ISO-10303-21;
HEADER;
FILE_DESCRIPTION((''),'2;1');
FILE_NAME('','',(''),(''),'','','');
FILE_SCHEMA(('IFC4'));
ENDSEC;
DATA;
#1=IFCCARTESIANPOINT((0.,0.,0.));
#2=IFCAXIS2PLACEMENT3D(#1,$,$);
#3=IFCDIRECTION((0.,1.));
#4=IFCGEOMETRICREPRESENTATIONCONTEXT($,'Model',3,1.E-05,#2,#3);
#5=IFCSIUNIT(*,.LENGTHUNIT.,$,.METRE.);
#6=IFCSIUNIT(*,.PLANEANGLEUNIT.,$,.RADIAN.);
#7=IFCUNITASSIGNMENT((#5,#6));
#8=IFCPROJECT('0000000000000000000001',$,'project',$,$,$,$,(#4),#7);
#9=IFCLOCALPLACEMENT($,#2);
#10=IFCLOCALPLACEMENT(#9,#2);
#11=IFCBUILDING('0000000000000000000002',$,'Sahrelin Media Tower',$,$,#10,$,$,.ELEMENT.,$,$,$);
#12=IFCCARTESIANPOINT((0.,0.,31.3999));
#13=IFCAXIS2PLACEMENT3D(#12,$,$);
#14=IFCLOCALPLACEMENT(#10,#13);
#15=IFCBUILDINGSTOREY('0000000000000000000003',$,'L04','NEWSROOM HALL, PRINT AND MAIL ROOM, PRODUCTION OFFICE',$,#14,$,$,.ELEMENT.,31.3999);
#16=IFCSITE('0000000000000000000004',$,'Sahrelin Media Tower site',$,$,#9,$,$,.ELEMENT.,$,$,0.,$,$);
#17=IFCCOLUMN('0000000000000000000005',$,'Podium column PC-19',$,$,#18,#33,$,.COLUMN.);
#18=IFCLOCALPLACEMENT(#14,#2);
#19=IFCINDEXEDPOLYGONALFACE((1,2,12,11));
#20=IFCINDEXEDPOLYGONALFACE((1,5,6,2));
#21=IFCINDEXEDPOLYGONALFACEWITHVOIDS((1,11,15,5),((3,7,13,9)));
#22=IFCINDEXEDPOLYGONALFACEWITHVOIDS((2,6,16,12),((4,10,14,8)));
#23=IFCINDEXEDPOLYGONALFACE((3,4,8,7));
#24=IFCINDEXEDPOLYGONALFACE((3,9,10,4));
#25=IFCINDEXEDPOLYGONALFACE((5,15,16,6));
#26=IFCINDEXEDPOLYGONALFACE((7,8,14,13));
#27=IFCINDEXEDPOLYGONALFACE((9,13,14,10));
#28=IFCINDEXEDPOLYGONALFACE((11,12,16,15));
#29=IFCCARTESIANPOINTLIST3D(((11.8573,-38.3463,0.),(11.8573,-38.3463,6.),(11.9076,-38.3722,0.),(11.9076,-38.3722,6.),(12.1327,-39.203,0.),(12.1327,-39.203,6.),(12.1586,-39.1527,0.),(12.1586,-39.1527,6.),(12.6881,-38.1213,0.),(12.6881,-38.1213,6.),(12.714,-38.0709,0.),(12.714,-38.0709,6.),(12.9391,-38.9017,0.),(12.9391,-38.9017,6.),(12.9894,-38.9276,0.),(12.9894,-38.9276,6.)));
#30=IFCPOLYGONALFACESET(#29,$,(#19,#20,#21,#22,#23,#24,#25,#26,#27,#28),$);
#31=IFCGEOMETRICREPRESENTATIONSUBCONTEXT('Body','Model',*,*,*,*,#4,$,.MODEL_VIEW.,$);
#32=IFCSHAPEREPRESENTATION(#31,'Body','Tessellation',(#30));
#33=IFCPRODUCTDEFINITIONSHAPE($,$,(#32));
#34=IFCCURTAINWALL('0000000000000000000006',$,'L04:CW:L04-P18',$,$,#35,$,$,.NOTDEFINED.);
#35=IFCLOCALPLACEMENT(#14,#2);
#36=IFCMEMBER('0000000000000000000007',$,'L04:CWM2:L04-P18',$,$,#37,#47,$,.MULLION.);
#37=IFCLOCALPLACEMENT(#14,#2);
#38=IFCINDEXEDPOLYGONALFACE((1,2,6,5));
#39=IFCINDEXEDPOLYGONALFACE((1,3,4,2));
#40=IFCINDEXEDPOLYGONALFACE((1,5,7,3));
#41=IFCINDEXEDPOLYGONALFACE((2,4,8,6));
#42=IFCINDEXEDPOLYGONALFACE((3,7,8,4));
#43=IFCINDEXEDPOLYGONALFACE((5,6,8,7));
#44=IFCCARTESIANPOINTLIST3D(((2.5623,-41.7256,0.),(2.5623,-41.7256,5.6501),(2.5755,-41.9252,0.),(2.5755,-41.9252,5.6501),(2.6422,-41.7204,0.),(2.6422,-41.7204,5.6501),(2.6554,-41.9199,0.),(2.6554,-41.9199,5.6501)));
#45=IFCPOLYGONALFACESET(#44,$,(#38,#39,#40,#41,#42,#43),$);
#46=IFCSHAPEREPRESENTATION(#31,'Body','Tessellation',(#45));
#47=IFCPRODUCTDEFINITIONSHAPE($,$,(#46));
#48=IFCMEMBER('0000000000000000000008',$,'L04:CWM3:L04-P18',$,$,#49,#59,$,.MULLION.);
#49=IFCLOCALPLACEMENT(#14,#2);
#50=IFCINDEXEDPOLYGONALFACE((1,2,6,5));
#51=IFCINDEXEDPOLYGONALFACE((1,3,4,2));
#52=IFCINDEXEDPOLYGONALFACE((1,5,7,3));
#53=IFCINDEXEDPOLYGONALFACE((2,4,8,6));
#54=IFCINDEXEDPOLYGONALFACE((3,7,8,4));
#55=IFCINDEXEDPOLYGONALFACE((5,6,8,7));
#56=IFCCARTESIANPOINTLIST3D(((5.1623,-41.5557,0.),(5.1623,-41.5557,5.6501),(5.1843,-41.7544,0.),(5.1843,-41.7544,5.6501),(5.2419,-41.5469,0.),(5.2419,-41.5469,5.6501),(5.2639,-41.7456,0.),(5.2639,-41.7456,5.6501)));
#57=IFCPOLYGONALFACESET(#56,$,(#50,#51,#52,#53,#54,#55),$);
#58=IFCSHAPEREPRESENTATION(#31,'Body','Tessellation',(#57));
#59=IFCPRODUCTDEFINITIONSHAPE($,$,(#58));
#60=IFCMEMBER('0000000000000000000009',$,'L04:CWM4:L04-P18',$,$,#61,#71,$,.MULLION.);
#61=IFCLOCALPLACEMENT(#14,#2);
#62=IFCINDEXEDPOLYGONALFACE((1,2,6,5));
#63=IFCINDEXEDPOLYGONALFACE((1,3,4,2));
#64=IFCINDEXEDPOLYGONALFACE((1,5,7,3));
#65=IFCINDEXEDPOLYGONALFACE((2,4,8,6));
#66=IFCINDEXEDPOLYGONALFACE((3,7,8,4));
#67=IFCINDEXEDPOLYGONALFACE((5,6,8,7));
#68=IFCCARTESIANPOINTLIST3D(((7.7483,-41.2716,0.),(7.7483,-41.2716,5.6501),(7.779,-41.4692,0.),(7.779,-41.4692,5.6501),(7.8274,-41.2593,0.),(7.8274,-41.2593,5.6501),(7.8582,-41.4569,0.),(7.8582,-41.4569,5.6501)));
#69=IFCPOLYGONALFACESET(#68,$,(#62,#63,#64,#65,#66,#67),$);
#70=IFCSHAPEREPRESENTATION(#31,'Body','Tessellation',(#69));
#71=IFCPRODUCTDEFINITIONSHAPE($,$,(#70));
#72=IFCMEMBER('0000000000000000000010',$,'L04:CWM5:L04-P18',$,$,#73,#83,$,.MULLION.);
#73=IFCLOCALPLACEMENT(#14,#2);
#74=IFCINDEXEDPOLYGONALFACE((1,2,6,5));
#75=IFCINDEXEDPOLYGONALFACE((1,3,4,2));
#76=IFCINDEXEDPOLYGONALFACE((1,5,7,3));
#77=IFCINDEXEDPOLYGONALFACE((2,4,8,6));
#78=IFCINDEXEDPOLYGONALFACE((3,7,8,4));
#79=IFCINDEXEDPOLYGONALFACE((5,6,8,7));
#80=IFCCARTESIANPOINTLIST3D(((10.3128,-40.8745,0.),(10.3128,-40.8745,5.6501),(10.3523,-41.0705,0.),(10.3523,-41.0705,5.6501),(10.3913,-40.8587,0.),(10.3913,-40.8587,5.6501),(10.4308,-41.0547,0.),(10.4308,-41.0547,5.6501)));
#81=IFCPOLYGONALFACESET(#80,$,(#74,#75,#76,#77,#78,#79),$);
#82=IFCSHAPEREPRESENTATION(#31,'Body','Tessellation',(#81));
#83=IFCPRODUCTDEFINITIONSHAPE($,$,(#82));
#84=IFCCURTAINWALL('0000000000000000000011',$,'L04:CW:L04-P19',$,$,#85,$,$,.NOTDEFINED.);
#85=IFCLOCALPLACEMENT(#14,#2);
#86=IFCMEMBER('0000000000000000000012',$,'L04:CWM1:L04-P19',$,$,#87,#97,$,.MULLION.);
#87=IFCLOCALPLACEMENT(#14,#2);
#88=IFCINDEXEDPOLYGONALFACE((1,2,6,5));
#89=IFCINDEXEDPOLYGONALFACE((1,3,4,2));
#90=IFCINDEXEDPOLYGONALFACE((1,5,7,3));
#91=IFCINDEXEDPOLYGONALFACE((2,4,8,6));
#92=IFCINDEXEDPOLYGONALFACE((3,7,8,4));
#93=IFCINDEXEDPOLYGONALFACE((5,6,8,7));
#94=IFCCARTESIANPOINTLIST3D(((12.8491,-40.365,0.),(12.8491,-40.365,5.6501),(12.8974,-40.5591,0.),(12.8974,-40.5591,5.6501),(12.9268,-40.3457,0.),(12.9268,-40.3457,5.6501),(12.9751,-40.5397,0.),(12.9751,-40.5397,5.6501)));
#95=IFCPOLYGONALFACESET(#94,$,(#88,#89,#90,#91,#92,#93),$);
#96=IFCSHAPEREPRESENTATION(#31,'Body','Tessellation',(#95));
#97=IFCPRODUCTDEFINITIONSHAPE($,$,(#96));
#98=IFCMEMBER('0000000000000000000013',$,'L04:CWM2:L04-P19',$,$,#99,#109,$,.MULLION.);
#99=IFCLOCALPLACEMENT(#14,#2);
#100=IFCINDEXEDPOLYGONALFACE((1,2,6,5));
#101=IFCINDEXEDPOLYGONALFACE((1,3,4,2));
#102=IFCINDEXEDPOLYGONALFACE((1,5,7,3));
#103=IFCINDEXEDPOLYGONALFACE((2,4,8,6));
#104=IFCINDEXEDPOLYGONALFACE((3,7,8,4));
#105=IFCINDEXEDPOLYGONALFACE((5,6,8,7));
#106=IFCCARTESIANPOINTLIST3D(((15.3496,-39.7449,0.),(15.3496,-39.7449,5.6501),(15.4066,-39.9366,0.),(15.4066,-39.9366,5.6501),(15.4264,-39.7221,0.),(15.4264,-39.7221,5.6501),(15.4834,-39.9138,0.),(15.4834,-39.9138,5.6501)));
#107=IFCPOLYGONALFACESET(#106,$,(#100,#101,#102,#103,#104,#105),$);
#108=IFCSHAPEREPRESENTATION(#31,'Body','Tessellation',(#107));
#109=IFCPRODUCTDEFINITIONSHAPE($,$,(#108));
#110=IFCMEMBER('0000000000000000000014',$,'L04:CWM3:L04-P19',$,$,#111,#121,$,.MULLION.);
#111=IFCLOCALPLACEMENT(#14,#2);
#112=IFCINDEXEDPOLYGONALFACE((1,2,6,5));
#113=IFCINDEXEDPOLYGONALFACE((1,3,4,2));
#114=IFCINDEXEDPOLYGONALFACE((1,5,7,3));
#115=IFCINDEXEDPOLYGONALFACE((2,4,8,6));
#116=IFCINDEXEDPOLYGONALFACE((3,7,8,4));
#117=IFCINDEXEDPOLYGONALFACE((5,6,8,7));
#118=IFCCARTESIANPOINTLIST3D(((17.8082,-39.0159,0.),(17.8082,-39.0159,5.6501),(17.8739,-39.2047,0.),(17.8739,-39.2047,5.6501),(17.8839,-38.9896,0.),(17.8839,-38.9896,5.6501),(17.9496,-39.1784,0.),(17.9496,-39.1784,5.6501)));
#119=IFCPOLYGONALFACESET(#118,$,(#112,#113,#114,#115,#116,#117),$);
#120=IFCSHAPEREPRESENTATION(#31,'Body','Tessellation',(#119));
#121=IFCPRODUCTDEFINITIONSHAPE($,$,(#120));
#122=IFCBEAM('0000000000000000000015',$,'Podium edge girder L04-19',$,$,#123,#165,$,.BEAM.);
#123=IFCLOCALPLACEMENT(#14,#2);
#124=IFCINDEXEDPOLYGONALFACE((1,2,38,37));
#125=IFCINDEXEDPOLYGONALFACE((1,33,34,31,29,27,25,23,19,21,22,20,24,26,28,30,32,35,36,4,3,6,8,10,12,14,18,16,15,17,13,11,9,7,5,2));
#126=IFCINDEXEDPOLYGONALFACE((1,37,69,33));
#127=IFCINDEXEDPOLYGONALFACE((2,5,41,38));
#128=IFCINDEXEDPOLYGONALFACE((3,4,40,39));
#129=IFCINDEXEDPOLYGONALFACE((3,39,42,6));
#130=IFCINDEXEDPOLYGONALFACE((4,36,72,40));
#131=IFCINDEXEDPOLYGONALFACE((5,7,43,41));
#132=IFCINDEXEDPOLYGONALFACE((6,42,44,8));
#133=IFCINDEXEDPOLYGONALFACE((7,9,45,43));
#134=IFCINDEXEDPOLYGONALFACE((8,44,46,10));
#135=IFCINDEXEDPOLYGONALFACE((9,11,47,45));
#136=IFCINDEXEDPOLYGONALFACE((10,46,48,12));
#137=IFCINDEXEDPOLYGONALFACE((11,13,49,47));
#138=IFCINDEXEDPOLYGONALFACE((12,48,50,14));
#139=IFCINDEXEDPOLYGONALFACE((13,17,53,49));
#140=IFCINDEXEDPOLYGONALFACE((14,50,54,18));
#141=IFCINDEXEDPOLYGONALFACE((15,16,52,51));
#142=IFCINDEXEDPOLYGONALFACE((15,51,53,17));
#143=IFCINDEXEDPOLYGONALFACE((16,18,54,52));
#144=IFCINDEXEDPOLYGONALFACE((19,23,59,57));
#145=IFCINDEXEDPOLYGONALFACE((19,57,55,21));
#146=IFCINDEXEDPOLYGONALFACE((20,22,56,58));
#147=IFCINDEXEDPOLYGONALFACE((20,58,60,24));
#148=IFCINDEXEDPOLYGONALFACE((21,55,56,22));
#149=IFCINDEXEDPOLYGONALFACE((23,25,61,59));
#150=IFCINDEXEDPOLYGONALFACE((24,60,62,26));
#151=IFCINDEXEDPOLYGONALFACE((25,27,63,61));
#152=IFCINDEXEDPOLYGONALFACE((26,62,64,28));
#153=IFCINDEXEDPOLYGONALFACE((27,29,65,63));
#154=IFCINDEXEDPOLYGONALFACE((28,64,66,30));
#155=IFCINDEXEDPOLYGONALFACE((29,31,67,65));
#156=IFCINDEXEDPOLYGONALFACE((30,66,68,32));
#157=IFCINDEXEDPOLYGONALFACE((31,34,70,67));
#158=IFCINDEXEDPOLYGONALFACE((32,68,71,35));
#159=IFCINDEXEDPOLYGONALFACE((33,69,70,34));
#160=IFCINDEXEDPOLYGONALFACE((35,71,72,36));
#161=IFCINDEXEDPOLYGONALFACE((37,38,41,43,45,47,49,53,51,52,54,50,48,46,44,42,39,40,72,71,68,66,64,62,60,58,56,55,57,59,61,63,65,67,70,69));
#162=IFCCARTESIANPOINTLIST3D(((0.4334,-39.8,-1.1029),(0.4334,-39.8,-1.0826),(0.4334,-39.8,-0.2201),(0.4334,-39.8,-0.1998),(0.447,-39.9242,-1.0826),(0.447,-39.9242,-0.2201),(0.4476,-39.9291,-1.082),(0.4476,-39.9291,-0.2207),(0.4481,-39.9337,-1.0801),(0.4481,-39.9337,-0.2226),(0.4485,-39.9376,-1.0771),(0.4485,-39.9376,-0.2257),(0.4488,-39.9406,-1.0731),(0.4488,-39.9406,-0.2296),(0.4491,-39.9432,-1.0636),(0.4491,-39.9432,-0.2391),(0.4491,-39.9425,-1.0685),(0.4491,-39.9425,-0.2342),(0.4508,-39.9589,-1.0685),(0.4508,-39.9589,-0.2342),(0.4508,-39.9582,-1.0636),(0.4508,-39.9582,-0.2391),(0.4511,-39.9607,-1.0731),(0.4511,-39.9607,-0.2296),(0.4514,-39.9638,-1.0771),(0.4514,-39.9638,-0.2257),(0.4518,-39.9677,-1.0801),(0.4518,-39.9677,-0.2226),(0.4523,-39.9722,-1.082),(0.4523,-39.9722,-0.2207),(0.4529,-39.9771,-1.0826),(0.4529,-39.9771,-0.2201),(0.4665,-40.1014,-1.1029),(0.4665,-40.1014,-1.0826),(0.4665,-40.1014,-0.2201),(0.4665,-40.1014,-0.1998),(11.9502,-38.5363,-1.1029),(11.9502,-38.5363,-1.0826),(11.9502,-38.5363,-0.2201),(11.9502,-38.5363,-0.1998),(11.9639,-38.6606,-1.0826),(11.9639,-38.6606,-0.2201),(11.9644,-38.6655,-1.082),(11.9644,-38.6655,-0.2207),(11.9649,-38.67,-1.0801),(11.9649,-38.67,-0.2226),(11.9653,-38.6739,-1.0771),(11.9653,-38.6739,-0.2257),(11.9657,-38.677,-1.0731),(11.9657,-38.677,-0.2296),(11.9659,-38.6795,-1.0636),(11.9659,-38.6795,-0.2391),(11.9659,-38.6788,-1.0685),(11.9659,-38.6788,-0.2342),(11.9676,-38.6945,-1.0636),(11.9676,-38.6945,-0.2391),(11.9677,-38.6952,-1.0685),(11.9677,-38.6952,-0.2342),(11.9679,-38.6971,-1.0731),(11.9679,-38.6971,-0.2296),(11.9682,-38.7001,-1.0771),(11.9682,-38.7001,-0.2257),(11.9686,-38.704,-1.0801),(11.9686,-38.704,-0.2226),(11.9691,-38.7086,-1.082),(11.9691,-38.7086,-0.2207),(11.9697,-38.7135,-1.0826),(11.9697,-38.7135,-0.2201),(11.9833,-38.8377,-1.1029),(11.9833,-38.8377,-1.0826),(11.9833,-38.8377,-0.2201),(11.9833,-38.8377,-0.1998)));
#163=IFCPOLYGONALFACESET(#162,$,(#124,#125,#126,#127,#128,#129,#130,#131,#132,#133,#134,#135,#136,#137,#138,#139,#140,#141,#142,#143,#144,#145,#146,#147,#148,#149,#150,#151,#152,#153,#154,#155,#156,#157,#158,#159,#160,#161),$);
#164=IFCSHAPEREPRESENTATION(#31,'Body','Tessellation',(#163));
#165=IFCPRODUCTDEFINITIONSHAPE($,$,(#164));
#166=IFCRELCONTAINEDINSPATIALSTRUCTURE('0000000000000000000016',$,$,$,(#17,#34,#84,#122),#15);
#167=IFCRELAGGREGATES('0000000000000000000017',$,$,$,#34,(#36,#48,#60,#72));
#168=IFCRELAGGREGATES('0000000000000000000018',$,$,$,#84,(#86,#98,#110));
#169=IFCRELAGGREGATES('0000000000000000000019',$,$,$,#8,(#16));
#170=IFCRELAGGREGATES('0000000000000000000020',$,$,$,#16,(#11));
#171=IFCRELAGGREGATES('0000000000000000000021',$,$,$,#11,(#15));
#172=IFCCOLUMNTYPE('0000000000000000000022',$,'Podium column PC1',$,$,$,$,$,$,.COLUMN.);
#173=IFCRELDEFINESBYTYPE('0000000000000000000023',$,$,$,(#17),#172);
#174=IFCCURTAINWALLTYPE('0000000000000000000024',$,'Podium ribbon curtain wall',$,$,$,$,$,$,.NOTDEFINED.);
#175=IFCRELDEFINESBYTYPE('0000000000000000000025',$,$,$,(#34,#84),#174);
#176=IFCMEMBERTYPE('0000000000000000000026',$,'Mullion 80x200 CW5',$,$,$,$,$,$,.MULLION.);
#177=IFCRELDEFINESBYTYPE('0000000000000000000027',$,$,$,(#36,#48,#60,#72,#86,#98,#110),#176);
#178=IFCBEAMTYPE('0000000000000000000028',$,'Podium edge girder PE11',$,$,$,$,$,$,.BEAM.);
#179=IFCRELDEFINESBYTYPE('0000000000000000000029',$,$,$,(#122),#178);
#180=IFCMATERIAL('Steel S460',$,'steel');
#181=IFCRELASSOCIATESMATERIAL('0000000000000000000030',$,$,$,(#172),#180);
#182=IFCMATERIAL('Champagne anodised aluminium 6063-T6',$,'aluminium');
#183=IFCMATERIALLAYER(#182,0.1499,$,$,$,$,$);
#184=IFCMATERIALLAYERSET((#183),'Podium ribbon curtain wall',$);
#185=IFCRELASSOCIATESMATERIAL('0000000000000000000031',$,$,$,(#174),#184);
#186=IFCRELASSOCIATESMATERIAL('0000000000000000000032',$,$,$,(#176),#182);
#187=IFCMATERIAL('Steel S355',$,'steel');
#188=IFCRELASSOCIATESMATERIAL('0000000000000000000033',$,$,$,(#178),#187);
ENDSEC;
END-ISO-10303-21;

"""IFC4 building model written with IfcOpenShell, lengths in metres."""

from ifc_helpers import new_model, si_unit, direction, frame, origin, origin_2d, place, context, subcontext, project, spatial, rectangle, hollow_rectangle, i_section, extrude, material, layer, layer_set, material_profile, profile_set, type_object, element, aggregate, save


model = new_model("IFC4")

# Units and contexts
model_context = context("Model", 3, precision=1e-05, world=origin(), true_north=direction((0.0, 1.0)))
body_context = subcontext(model_context, "Body", "Model", "MODEL_VIEW")
ifc_project = project(units=[si_unit("LENGTHUNIT", "METRE"), si_unit("PLANEANGLEUNIT", "RADIAN")], contexts=[model_context])

# Site, building, storey
site_placement = place(None, origin())
site = spatial("IfcSite", under=ifc_project, at=site_placement, Name="Sahrelin Media Tower site", CompositionType="ELEMENT", RefElevation=0.0)
building_placement = place(site_placement, origin())
building = spatial("IfcBuilding", under=site, at=building_placement, Name="Sahrelin Media Tower", CompositionType="ELEMENT")
storey_placement = place(building_placement, frame((0.0, 0.0, 31.3999)))
storey = spatial("IfcBuildingStorey", under=building, at=storey_placement, Name="L04", Description="NEWSROOM HALL, PRINT AND MAIL ROOM, PRODUCTION OFFICE", CompositionType="ELEMENT", Elevation=31.3999)

# Column
ifc_material_1 = material(Name="Steel S460", Category="steel")
ifc_material_profile_1 = material_profile(ifc_material_1, hollow_rectangle(XDim=0.8999, YDim=0.8999, WallThickness=0.04, at=origin_2d()), Name="Podium column PC1")
ifc_profile_set_1 = profile_set([ifc_material_profile_1], Name="Steel S460")
column_type = type_object("IfcColumnType", Name="Podium column PC1", PredefinedType="COLUMN", material=ifc_profile_set_1)
column_placement = place(storey_placement, frame((12.4233, -38.637, 0.0), z_axis=(0.0, 0.0, 1.0), x_axis=(0.306104, -0.951998, 0.0)))
element("IfcColumn", 1, at=column_placement, inside=storey, type_object=column_type, Name="Podium column PC-19", PredefinedType="COLUMN", context=body_context, shape_type="SweptSolid", body=[
    extrude(hollow_rectangle(XDim=0.8999, YDim=0.8999, WallThickness=0.04, at=origin_2d()), origin(), (0.0, 0.0, 1.0), 6.0),
])

# Curtain walls, members
ifc_material_2 = material(Name="Champagne anodised aluminium 6063-T6", Category="aluminium")
ifc_layer_1 = layer(ifc_material_2, 0.1499)
ifc_layer_set_1 = layer_set([ifc_layer_1], Name="Podium ribbon curtain wall")
curtain_wall_type = type_object("IfcCurtainWallType", Name="Podium ribbon curtain wall", PredefinedType="NOTDEFINED", material=ifc_layer_set_1)
curtain_wall_1_placement = place(storey_placement, frame((0.0, -42.0, 0.0), z_axis=(0.0, 0.0, 1.0), x_axis=(1.0, 0.0, 0.0)))
curtain_wall_1 = element("IfcCurtainWall", 2, at=curtain_wall_1_placement, inside=storey, type_object=curtain_wall_type, Name="L04:CW:L04-P18", PredefinedType="NOTDEFINED")
ifc_material_profile_2 = material_profile(ifc_material_2, rectangle(XDim=0.0801, YDim=0.2, at=origin_2d()), Name="Mullion 80x200")
ifc_profile_set_2 = profile_set([ifc_material_profile_2], Name="Champagne anodised aluminium 6063-T6")
member_type_1 = type_object("IfcMemberType", Name="Mullion 80x200 CW5", PredefinedType="MULLION", material=ifc_profile_set_2)
member_1_placement = place(storey_placement, frame((2.6089, -41.8228, 0.0), z_axis=(0.0, 0.0, 1.0), x_axis=(0.997822, 0.065959, 0.0)))
member_1 = element("IfcMember", 3, at=member_1_placement, type_object=member_type_1, Name="L04:CWM2:L04-P18", PredefinedType="MULLION", context=body_context, shape_type="SweptSolid", body=[
    extrude(rectangle(XDim=0.0801, YDim=0.2, at=origin_2d()), origin(), (0.0, 0.0, 1.0), 5.6501),
])
member_2_placement = place(storey_placement, frame((5.2131, -41.6506, 0.0), z_axis=(0.0, 0.0, 1.0), x_axis=(0.993941, 0.109915, 0.0)))
member_2 = element("IfcMember", 4, at=member_2_placement, type_object=member_type_1, Name="L04:CWM3:L04-P18", PredefinedType="MULLION", context=body_context, shape_type="SweptSolid", body=[
    extrude(rectangle(XDim=0.0801, YDim=0.2, at=origin_2d()), origin(), (0.0, 0.0, 1.0), 5.6501),
])
member_3_placement = place(storey_placement, frame((7.8032, -41.3643, 0.0), z_axis=(0.0, 0.0, 1.0), x_axis=(0.988098, 0.153826, 0.0)))
member_3 = element("IfcMember", 5, at=member_3_placement, type_object=member_type_1, Name="L04:CWM4:L04-P18", PredefinedType="MULLION", context=body_context, shape_type="SweptSolid", body=[
    extrude(rectangle(XDim=0.0801, YDim=0.2, at=origin_2d()), origin(), (0.0, 0.0, 1.0), 5.6501),
])
member_4_placement = place(storey_placement, frame((10.3718, -40.9646, 0.0), z_axis=(0.0, 0.0, 1.0), x_axis=(0.980267, 0.197678, 0.0)))
member_4 = element("IfcMember", 6, at=member_4_placement, type_object=member_type_1, Name="L04:CWM5:L04-P18", PredefinedType="MULLION", context=body_context, shape_type="SweptSolid", body=[
    extrude(rectangle(XDim=0.0801, YDim=0.2, at=origin_2d()), origin(), (0.0, 0.0, 1.0), 5.6501),
])
curtain_wall_2_placement = place(storey_placement, frame((12.9409, -40.5688, 0.0), z_axis=(0.0, 0.0, 1.0), x_axis=(1.0, 0.0, 0.0)))
curtain_wall_2 = element("IfcCurtainWall", 7, at=curtain_wall_2_placement, inside=storey, type_object=curtain_wall_type, Name="L04:CW:L04-P19", PredefinedType="NOTDEFINED")
member_5_placement = place(storey_placement, frame((12.9121, -40.4524, 0.0), z_axis=(0.0, 0.0, 1.0), x_axis=(0.97041, 0.241461, 0.0)))
member_5 = element("IfcMember", 8, at=member_5_placement, type_object=member_type_1, Name="L04:CWM1:L04-P19", PredefinedType="MULLION", context=body_context, shape_type="SweptSolid", body=[
    extrude(rectangle(XDim=0.0801, YDim=0.2, at=origin_2d()), origin(), (0.0, 0.0, 1.0), 5.6501),
])
member_6_placement = place(storey_placement, frame((15.4165, -39.8293, 0.0), z_axis=(0.0, 0.0, 1.0), x_axis=(0.958495, 0.28511, 0.0)))
member_6 = element("IfcMember", 9, at=member_6_placement, type_object=member_type_1, Name="L04:CWM2:L04-P19", PredefinedType="MULLION", context=body_context, shape_type="SweptSolid", body=[
    extrude(rectangle(XDim=0.0801, YDim=0.2, at=origin_2d()), origin(), (0.0, 0.0, 1.0), 5.6501),
])
member_7_placement = place(storey_placement, frame((17.8789, -39.0972, 0.0), z_axis=(0.0, 0.0, 1.0), x_axis=(0.944458, 0.328631, 0.0)))
member_7 = element("IfcMember", 10, at=member_7_placement, type_object=member_type_1, Name="L04:CWM3:L04-P19", PredefinedType="MULLION", context=body_context, shape_type="SweptSolid", body=[
    extrude(rectangle(XDim=0.0801, YDim=0.2, at=origin_2d()), origin(), (0.0, 0.0, 1.0), 5.6501),
])

# Beam
ifc_material_3 = material(Name="Steel S355", Category="steel")
ifc_material_profile_3 = material_profile(ifc_material_3, i_section(OverallWidth=0.3032, OverallDepth=0.9031, WebThickness=0.0151, FlangeThickness=0.0203, FilletRadius=0.019, at=origin_2d()), Name="UB 914x305x201")
ifc_profile_set_3 = profile_set([ifc_material_profile_3], Name="Steel S355")
beam_type = type_object("IfcBeamType", Name="Podium edge girder PE11", PredefinedType="BEAM", material=ifc_profile_set_3)
beam_1_placement = place(storey_placement, frame((0.45, -39.9507, -0.6514), z_axis=(0.994034, 0.109069, 0.0), x_axis=(-0.109069, 0.994034, 0.0)))
element("IfcBeam", 11, at=beam_1_placement, inside=storey, type_object=beam_type, Name="Podium edge girder L04-19", PredefinedType="BEAM", context=body_context, shape_type="SweptSolid", body=[
    extrude(i_section(OverallWidth=0.3032, OverallDepth=0.9031, WebThickness=0.0151, FlangeThickness=0.0203, FilletRadius=0.019, at=origin_2d()), origin(), (0.0, 0.0, 1.0), 11.5859),
])

aggregate(curtain_wall_1, [member_1, member_2, member_3, member_4])
aggregate(curtain_wall_2, [member_5, member_6, member_7])

save(model, "model.ifc")
